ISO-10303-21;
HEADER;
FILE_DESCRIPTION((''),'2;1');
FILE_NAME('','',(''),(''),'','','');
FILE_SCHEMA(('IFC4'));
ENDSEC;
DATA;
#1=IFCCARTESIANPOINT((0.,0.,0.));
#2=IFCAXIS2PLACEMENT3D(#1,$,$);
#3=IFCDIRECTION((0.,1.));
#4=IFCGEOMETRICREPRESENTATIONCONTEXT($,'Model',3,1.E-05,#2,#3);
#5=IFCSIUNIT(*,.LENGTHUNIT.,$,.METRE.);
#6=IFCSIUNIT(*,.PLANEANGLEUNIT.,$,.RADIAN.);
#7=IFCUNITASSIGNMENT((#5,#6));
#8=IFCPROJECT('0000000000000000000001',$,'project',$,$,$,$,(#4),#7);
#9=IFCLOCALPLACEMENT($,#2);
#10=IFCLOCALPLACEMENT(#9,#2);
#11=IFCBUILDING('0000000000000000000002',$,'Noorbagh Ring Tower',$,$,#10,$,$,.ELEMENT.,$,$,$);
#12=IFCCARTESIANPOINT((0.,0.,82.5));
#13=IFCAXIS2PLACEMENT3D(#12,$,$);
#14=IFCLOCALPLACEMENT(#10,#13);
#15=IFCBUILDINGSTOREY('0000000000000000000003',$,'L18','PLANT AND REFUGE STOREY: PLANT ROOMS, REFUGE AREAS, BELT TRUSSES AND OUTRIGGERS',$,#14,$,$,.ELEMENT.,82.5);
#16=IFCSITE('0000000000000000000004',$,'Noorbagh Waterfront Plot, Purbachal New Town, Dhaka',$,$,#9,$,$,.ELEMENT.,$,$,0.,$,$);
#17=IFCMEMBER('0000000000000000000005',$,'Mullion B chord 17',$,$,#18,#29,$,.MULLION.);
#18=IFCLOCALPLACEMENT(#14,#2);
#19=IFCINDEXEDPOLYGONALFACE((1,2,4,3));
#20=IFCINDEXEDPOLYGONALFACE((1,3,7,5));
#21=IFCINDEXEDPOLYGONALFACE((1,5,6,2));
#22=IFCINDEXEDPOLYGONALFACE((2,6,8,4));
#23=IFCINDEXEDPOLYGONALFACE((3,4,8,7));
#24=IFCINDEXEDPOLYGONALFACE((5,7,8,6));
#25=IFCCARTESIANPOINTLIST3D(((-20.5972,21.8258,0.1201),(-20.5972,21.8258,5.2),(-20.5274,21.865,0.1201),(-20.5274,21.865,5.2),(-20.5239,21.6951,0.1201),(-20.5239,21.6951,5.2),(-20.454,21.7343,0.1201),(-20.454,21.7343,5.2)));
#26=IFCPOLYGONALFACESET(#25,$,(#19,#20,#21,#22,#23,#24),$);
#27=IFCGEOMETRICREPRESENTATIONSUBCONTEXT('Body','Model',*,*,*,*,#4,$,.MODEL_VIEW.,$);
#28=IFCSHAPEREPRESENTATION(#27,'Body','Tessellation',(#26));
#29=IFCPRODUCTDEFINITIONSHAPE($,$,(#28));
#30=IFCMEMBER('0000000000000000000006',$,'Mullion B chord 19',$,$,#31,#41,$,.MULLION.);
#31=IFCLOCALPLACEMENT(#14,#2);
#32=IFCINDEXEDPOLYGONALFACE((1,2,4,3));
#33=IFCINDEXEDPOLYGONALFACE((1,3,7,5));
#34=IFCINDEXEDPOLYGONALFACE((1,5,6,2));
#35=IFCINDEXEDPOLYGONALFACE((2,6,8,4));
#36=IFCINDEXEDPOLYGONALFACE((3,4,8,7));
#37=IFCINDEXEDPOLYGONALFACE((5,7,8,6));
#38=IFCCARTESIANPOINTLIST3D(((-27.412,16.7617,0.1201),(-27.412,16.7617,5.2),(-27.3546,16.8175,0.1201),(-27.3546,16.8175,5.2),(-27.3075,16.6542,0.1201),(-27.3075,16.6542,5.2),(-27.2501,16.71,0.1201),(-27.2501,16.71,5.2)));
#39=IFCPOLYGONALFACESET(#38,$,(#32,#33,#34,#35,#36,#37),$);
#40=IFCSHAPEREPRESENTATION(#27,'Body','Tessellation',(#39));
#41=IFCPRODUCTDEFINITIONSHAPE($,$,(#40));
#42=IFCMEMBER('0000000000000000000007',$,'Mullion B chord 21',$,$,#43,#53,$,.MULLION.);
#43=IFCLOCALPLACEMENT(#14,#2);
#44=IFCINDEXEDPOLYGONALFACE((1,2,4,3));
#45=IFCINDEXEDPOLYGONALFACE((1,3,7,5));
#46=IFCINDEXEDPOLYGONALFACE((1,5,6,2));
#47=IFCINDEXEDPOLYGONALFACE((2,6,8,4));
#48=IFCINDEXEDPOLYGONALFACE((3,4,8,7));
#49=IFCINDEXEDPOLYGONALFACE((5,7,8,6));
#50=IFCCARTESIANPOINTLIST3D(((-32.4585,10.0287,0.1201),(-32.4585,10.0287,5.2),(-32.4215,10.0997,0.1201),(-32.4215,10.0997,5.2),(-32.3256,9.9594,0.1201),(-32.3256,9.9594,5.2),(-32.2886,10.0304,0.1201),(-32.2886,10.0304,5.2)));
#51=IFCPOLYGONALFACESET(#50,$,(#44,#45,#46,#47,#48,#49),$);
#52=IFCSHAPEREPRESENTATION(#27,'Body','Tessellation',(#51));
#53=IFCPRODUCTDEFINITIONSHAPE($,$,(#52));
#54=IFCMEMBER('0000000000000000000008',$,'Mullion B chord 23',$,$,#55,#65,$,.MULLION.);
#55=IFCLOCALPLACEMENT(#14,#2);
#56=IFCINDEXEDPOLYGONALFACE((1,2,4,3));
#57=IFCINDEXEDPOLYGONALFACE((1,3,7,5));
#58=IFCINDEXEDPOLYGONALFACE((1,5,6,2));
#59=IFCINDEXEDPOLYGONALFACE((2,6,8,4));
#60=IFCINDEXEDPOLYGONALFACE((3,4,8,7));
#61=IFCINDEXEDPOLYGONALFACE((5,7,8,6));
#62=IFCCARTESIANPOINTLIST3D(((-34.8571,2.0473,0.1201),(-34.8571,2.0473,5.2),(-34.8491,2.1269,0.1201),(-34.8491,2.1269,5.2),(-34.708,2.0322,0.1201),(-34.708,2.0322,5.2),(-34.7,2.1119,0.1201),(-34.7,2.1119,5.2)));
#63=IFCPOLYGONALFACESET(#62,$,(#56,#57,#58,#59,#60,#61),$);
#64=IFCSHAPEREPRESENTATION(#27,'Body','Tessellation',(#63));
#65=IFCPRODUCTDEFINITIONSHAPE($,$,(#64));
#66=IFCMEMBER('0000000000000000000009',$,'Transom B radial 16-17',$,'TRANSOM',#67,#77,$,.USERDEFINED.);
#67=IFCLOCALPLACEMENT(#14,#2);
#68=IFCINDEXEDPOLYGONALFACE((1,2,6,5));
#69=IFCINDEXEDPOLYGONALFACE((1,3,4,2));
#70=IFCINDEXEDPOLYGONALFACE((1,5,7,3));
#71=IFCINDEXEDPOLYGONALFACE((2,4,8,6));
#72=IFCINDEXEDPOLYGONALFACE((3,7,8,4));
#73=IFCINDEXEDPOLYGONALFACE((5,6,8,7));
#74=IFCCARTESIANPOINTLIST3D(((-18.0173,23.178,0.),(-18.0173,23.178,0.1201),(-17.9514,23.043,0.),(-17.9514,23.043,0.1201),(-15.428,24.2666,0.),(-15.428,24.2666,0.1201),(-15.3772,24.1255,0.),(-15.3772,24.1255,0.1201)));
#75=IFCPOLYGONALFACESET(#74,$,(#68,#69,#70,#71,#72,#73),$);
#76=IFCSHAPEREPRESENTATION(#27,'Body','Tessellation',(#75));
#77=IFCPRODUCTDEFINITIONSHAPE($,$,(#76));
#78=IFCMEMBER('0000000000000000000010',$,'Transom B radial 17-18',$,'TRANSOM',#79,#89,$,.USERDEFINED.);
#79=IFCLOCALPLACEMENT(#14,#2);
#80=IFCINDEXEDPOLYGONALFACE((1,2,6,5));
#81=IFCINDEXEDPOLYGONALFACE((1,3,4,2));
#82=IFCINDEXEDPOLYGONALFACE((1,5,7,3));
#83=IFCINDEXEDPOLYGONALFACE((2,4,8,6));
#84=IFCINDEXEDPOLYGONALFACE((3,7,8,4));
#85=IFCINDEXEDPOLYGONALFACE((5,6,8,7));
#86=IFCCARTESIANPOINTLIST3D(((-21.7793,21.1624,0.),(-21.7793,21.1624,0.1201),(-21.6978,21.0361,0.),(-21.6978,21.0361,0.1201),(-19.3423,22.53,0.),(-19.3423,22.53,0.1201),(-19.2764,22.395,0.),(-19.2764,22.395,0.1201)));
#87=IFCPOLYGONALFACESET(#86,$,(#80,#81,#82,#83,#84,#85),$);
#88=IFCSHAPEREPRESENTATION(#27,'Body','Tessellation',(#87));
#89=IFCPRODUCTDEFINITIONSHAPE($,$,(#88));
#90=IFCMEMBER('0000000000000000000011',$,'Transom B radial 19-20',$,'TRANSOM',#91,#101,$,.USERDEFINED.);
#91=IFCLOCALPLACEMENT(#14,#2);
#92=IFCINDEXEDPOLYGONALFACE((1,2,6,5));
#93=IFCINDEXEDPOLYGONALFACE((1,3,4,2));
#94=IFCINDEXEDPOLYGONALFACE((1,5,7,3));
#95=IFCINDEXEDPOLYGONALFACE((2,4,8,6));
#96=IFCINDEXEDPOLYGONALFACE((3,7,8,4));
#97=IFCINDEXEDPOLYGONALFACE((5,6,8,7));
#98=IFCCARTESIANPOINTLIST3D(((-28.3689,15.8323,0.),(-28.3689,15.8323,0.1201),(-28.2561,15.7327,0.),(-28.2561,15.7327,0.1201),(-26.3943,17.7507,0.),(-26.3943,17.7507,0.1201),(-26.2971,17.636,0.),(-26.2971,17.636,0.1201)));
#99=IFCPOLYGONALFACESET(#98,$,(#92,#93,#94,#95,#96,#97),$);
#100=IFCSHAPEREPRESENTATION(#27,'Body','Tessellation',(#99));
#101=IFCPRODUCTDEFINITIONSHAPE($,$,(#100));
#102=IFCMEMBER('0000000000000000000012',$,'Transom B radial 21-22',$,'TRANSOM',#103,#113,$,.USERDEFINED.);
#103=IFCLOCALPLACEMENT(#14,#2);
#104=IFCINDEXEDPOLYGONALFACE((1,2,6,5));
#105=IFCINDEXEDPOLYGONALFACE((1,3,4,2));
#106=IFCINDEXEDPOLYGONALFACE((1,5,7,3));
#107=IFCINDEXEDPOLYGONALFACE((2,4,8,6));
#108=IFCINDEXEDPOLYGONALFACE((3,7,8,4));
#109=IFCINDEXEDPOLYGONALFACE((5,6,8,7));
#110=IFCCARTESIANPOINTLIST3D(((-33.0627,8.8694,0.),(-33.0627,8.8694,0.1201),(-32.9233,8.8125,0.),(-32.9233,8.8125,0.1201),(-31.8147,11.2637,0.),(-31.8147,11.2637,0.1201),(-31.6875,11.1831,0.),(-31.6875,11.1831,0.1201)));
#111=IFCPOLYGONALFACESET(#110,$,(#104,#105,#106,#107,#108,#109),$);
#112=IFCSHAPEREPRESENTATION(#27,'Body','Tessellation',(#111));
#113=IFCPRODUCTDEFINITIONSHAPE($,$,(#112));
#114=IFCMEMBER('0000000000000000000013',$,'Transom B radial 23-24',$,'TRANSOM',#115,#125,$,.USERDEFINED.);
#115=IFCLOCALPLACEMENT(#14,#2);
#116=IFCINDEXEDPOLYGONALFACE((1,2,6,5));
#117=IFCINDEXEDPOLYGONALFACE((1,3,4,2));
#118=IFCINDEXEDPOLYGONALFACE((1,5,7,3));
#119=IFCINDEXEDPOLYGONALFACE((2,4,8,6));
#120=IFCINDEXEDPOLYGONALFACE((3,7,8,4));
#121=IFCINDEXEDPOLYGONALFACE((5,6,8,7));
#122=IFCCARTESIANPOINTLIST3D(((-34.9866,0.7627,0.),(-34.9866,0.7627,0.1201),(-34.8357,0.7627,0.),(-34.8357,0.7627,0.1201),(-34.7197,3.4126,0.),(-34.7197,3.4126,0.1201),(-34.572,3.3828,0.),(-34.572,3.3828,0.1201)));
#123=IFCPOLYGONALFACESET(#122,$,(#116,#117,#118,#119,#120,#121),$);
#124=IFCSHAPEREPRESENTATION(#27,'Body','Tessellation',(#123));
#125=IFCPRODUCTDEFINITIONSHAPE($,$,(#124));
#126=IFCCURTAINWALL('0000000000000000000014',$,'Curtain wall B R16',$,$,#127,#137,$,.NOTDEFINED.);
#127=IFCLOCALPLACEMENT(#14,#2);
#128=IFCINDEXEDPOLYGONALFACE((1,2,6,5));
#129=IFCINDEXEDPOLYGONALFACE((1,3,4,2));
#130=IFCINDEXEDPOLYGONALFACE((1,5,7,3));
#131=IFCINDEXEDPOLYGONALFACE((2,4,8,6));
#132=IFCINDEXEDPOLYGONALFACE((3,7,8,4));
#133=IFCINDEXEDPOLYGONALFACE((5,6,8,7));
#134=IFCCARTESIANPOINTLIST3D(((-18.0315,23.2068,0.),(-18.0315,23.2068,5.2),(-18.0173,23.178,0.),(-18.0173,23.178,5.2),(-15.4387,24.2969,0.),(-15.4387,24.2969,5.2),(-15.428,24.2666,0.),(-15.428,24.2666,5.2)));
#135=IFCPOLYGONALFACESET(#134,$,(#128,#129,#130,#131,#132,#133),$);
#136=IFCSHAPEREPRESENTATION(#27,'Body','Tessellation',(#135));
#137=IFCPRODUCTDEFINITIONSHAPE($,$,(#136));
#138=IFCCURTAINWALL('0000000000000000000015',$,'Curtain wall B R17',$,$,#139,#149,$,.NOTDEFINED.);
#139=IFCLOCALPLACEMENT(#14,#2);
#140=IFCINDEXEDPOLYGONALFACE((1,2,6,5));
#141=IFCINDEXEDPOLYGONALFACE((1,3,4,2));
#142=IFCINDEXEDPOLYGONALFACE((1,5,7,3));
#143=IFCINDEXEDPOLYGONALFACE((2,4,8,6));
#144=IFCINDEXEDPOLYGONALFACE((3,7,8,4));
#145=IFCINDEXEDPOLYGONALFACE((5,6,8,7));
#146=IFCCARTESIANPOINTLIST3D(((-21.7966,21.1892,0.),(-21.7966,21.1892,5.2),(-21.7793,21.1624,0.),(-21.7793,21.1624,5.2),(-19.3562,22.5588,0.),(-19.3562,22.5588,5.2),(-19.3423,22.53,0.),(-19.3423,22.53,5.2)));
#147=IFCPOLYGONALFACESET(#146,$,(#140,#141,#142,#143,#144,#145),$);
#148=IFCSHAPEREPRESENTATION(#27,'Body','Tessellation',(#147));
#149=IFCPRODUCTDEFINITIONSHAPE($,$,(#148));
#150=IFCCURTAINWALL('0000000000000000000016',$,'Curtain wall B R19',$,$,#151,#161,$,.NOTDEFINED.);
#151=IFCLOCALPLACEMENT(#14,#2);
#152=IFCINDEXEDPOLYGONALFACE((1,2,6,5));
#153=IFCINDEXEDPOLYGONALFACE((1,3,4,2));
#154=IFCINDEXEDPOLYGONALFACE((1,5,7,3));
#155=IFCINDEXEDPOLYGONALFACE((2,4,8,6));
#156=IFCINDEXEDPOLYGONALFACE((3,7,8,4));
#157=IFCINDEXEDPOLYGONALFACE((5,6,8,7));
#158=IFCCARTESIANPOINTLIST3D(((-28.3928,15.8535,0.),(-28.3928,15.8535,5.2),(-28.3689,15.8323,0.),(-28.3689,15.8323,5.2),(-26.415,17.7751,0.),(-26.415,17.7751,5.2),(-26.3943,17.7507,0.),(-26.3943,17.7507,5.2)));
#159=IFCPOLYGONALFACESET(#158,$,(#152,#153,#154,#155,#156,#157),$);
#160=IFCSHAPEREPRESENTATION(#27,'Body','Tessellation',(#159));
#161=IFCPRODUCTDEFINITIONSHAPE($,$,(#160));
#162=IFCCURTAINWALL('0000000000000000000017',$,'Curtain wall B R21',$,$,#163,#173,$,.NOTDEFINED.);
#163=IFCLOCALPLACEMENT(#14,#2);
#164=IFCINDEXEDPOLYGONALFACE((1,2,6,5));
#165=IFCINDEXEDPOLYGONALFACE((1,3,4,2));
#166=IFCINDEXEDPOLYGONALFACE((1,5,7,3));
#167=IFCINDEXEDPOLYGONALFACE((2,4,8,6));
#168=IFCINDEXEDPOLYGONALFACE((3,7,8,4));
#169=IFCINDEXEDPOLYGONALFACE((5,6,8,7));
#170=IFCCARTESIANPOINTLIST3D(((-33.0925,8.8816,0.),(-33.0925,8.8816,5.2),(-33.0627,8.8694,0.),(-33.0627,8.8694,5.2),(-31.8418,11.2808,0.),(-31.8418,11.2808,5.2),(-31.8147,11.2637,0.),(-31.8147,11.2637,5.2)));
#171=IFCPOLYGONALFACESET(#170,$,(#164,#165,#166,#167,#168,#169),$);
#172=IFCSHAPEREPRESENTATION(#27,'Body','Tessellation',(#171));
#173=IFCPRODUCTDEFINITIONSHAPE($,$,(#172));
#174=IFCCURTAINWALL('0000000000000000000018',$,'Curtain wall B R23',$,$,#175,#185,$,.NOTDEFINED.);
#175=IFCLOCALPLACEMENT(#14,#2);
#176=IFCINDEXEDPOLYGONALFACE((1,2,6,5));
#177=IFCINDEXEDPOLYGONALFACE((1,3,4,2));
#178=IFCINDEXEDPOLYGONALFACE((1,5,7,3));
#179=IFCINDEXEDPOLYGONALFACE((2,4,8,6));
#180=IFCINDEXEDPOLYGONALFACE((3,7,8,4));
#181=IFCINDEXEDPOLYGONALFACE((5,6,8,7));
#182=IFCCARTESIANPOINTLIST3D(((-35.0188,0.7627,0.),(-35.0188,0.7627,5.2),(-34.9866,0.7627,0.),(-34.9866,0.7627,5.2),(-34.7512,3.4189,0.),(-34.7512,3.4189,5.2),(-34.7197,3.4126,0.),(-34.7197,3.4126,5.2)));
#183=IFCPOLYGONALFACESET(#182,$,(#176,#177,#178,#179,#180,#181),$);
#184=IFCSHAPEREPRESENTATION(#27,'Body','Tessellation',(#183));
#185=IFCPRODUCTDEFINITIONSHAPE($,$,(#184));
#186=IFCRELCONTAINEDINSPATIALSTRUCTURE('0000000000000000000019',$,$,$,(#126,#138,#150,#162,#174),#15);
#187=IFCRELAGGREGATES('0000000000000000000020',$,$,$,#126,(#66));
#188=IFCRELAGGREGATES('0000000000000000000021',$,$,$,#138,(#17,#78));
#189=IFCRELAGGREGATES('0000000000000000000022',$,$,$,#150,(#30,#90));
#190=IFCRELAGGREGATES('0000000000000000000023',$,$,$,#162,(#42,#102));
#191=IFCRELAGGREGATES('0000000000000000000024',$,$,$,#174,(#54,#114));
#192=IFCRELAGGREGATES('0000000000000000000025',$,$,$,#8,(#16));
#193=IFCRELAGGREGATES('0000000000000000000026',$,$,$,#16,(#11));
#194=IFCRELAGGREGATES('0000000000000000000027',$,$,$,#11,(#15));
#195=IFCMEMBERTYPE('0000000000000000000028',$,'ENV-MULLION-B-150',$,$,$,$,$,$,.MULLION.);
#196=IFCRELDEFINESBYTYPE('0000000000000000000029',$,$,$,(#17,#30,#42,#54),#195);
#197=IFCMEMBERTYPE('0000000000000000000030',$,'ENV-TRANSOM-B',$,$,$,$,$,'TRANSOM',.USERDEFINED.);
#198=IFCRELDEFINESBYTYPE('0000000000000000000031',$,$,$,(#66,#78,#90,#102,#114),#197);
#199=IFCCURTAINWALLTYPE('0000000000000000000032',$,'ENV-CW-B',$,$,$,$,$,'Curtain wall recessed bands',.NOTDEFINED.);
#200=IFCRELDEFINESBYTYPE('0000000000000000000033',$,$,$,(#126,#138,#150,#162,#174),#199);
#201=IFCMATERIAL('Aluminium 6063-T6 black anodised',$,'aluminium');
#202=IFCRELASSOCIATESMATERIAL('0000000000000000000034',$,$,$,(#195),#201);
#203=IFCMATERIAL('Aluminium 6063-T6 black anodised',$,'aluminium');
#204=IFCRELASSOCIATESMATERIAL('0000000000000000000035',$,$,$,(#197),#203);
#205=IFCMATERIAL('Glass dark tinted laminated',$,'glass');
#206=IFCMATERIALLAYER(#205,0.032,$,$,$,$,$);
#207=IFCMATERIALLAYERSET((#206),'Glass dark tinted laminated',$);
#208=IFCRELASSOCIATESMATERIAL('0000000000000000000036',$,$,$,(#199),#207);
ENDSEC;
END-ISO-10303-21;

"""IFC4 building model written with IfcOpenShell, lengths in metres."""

from ifc_helpers import new_model, si_unit, direction, frame, origin, origin_2d, place, context, subcontext, project, spatial, polyline, rectangle, outline, extrude, material, layer, layer_set, material_profile, profile_set, type_object, element, aggregate, save


model = new_model("IFC4")

# Units and contexts
model_context = context("Model", 3, precision=1e-05, world=origin(), true_north=direction((0.0, 1.0)))
body_context = subcontext(model_context, "Body", "Model", "MODEL_VIEW")
ifc_project = project(units=[si_unit("LENGTHUNIT", "METRE"), si_unit("PLANEANGLEUNIT", "RADIAN")], contexts=[model_context])

# Members
ifc_material_1 = material(Name="Aluminium 6063-T6 black anodised", Category="aluminium")
ifc_material_profile = material_profile(ifc_material_1, rectangle(XDim=0.1499, YDim=0.0801, at=origin_2d()), Name="150x80")
ifc_profile_set = profile_set([ifc_material_profile], Name="Aluminium 6063-T6 black anodised")
member_type_1 = type_object("IfcMemberType", Name="ENV-MULLION-B-150", PredefinedType="MULLION", material=ifc_profile_set)
site_placement = place(None, origin())
building_placement = place(site_placement, origin())
storey_placement = place(building_placement, frame((0.0, 0.0, 82.5)))
member_1_placement = place(storey_placement, frame((-20.5256, 21.78, 0.1201), z_axis=(0.0, 0.0, 1.0), x_axis=(0.489426, -0.872045, 0.0)))
member_1 = element("IfcMember", 1, at=member_1_placement, type_object=member_type_1, Name="Mullion B chord 17", PredefinedType="MULLION", context=body_context, shape_type="SweptSolid", body=[
    extrude(rectangle(XDim=0.1499, YDim=0.0801, at=origin_2d()), origin(), (0.0, 0.0, 1.0), 5.0798),
])
member_2_placement = place(storey_placement, frame((-27.3311, 16.7358, 0.1201), z_axis=(0.0, 0.0, 1.0), x_axis=(0.696842, -0.717225, 0.0)))
member_2 = element("IfcMember", 2, at=member_2_placement, type_object=member_type_1, Name="Mullion B chord 19", PredefinedType="MULLION", context=body_context, shape_type="SweptSolid", body=[
    extrude(rectangle(XDim=0.1499, YDim=0.0801, at=origin_2d()), origin(), (0.0, 0.0, 1.0), 5.0798),
])
member_3_placement = place(storey_placement, frame((-32.3735, 10.0295, 0.1201), z_axis=(0.0, 0.0, 1.0), x_axis=(0.886735, -0.462278, 0.0)))
member_3 = element("IfcMember", 3, at=member_3_placement, type_object=member_type_1, Name="Mullion B chord 21", PredefinedType="MULLION", context=body_context, shape_type="SweptSolid", body=[
    extrude(rectangle(XDim=0.1499, YDim=0.0801, at=origin_2d()), origin(), (0.0, 0.0, 1.0), 5.0798),
])
member_4_placement = place(storey_placement, frame((-34.7786, 2.0796, 0.1201), z_axis=(0.0, 0.0, 1.0), x_axis=(0.99497, -0.100178, 0.0)))
member_4 = element("IfcMember", 4, at=member_4_placement, type_object=member_type_1, Name="Mullion B chord 23", PredefinedType="MULLION", context=body_context, shape_type="SweptSolid", body=[
    extrude(rectangle(XDim=0.1499, YDim=0.0801, at=origin_2d()), origin(), (0.0, 0.0, 1.0), 5.0798),
])
ifc_material_2 = material(Name="Aluminium 6063-T6 black anodised", Category="aluminium")
member_type_2 = type_object("IfcMemberType", Name="ENV-TRANSOM-B", ElementType="TRANSOM", PredefinedType="USERDEFINED", material=ifc_material_2)
member_5_placement = place(storey_placement, origin())
member_5 = element("IfcMember", 5, at=member_5_placement, type_object=member_type_2, Name="Transom B radial 16-17", ObjectType="TRANSOM", PredefinedType="USERDEFINED", context=body_context, shape_type="SweptSolid", body=[
    extrude(outline(polyline([(-15.428, 24.2666), (-18.0173, 23.178), (-17.9514, 23.043), (-15.3772, 24.1255), (-15.428, 24.2666)])), origin(), (0.0, 0.0, 1.0), 0.1201),
])
member_6_placement = place(storey_placement, origin())
member_6 = element("IfcMember", 6, at=member_6_placement, type_object=member_type_2, Name="Transom B radial 17-18", ObjectType="TRANSOM", PredefinedType="USERDEFINED", context=body_context, shape_type="SweptSolid", body=[
    extrude(outline(polyline([(-19.3423, 22.53), (-21.7793, 21.1624), (-21.6978, 21.0361), (-19.2764, 22.395), (-19.3423, 22.53)])), origin(), (0.0, 0.0, 1.0), 0.1201),
])
member_7_placement = place(storey_placement, origin())
member_7 = element("IfcMember", 7, at=member_7_placement, type_object=member_type_2, Name="Transom B radial 19-20", ObjectType="TRANSOM", PredefinedType="USERDEFINED", context=body_context, shape_type="SweptSolid", body=[
    extrude(outline(polyline([(-26.3943, 17.7507), (-28.3689, 15.8323), (-28.2561, 15.7327), (-26.2971, 17.636), (-26.3943, 17.7507)])), origin(), (0.0, 0.0, 1.0), 0.1201),
])
member_8_placement = place(storey_placement, origin())
member_8 = element("IfcMember", 8, at=member_8_placement, type_object=member_type_2, Name="Transom B radial 21-22", ObjectType="TRANSOM", PredefinedType="USERDEFINED", context=body_context, shape_type="SweptSolid", body=[
    extrude(outline(polyline([(-31.8147, 11.2637), (-33.0627, 8.8694), (-32.9233, 8.8125), (-31.6875, 11.1831), (-31.8147, 11.2637)])), origin(), (0.0, 0.0, 1.0), 0.1201),
])
member_9_placement = place(storey_placement, origin())
member_9 = element("IfcMember", 9, at=member_9_placement, type_object=member_type_2, Name="Transom B radial 23-24", ObjectType="TRANSOM", PredefinedType="USERDEFINED", context=body_context, shape_type="SweptSolid", body=[
    extrude(outline(polyline([(-34.7197, 3.4126), (-34.9866, 0.7627), (-34.8357, 0.7627), (-34.572, 3.3828), (-34.7197, 3.4126)])), origin(), (0.0, 0.0, 1.0), 0.1201),
])

# Site, building, storey
site = spatial("IfcSite", under=ifc_project, at=site_placement, Name="Noorbagh Waterfront Plot, Purbachal New Town, Dhaka", CompositionType="ELEMENT", RefElevation=0.0)
building = spatial("IfcBuilding", under=site, at=building_placement, Name="Noorbagh Ring Tower", CompositionType="ELEMENT")
storey = spatial("IfcBuildingStorey", under=building, at=storey_placement, Name="L18", Description="PLANT AND REFUGE STOREY: PLANT ROOMS, REFUGE AREAS, BELT TRUSSES AND OUTRIGGERS", CompositionType="ELEMENT", Elevation=82.5)

# Curtain walls
ifc_material_3 = material(Name="Glass dark tinted laminated", Category="glass")
ifc_layer = layer(ifc_material_3, 0.032)
ifc_layer_set = layer_set([ifc_layer], Name="Glass dark tinted laminated")
curtain_wall_type = type_object("IfcCurtainWallType", Name="ENV-CW-B", ElementType="Curtain wall recessed bands", PredefinedType="NOTDEFINED", material=ifc_layer_set)
curtain_wall_1_placement = place(storey_placement, origin())
curtain_wall_1 = element("IfcCurtainWall", 10, at=curtain_wall_1_placement, inside=storey, type_object=curtain_wall_type, Name="Curtain wall B R16", PredefinedType="NOTDEFINED", context=body_context, shape_type="SweptSolid", body=[
    extrude(outline(polyline([(-15.4387, 24.2969), (-18.0315, 23.2068), (-18.0173, 23.178), (-15.428, 24.2666), (-15.4387, 24.2969)])), origin(), (0.0, 0.0, 1.0), 5.2),
])
aggregate(curtain_wall_1, [member_5])
curtain_wall_2_placement = place(storey_placement, origin())
curtain_wall_2 = element("IfcCurtainWall", 11, at=curtain_wall_2_placement, inside=storey, type_object=curtain_wall_type, Name="Curtain wall B R17", PredefinedType="NOTDEFINED", context=body_context, shape_type="SweptSolid", body=[
    extrude(outline(polyline([(-19.3562, 22.5588), (-21.7966, 21.1892), (-21.7793, 21.1624), (-19.3423, 22.53), (-19.3562, 22.5588)])), origin(), (0.0, 0.0, 1.0), 5.2),
])
aggregate(curtain_wall_2, [member_1, member_6])
curtain_wall_3_placement = place(storey_placement, origin())
curtain_wall_3 = element("IfcCurtainWall", 12, at=curtain_wall_3_placement, inside=storey, type_object=curtain_wall_type, Name="Curtain wall B R19", PredefinedType="NOTDEFINED", context=body_context, shape_type="SweptSolid", body=[
    extrude(outline(polyline([(-26.415, 17.7751), (-28.3928, 15.8535), (-28.3689, 15.8323), (-26.3943, 17.7507), (-26.415, 17.7751)])), origin(), (0.0, 0.0, 1.0), 5.2),
])
aggregate(curtain_wall_3, [member_2, member_7])
curtain_wall_4_placement = place(storey_placement, origin())
curtain_wall_4 = element("IfcCurtainWall", 13, at=curtain_wall_4_placement, inside=storey, type_object=curtain_wall_type, Name="Curtain wall B R21", PredefinedType="NOTDEFINED", context=body_context, shape_type="SweptSolid", body=[
    extrude(outline(polyline([(-31.8418, 11.2808), (-33.0925, 8.8816), (-33.0627, 8.8694), (-31.8147, 11.2637), (-31.8418, 11.2808)])), origin(), (0.0, 0.0, 1.0), 5.2),
])
aggregate(curtain_wall_4, [member_3, member_8])
curtain_wall_5_placement = place(storey_placement, origin())
curtain_wall_5 = element("IfcCurtainWall", 14, at=curtain_wall_5_placement, inside=storey, type_object=curtain_wall_type, Name="Curtain wall B R23", PredefinedType="NOTDEFINED", context=body_context, shape_type="SweptSolid", body=[
    extrude(outline(polyline([(-34.7512, 3.4189), (-35.0188, 0.7627), (-34.9866, 0.7627), (-34.7197, 3.4126), (-34.7512, 3.4189)])), origin(), (0.0, 0.0, 1.0), 5.2),
])
aggregate(curtain_wall_5, [member_4, member_9])

save(model, "model.ifc")
